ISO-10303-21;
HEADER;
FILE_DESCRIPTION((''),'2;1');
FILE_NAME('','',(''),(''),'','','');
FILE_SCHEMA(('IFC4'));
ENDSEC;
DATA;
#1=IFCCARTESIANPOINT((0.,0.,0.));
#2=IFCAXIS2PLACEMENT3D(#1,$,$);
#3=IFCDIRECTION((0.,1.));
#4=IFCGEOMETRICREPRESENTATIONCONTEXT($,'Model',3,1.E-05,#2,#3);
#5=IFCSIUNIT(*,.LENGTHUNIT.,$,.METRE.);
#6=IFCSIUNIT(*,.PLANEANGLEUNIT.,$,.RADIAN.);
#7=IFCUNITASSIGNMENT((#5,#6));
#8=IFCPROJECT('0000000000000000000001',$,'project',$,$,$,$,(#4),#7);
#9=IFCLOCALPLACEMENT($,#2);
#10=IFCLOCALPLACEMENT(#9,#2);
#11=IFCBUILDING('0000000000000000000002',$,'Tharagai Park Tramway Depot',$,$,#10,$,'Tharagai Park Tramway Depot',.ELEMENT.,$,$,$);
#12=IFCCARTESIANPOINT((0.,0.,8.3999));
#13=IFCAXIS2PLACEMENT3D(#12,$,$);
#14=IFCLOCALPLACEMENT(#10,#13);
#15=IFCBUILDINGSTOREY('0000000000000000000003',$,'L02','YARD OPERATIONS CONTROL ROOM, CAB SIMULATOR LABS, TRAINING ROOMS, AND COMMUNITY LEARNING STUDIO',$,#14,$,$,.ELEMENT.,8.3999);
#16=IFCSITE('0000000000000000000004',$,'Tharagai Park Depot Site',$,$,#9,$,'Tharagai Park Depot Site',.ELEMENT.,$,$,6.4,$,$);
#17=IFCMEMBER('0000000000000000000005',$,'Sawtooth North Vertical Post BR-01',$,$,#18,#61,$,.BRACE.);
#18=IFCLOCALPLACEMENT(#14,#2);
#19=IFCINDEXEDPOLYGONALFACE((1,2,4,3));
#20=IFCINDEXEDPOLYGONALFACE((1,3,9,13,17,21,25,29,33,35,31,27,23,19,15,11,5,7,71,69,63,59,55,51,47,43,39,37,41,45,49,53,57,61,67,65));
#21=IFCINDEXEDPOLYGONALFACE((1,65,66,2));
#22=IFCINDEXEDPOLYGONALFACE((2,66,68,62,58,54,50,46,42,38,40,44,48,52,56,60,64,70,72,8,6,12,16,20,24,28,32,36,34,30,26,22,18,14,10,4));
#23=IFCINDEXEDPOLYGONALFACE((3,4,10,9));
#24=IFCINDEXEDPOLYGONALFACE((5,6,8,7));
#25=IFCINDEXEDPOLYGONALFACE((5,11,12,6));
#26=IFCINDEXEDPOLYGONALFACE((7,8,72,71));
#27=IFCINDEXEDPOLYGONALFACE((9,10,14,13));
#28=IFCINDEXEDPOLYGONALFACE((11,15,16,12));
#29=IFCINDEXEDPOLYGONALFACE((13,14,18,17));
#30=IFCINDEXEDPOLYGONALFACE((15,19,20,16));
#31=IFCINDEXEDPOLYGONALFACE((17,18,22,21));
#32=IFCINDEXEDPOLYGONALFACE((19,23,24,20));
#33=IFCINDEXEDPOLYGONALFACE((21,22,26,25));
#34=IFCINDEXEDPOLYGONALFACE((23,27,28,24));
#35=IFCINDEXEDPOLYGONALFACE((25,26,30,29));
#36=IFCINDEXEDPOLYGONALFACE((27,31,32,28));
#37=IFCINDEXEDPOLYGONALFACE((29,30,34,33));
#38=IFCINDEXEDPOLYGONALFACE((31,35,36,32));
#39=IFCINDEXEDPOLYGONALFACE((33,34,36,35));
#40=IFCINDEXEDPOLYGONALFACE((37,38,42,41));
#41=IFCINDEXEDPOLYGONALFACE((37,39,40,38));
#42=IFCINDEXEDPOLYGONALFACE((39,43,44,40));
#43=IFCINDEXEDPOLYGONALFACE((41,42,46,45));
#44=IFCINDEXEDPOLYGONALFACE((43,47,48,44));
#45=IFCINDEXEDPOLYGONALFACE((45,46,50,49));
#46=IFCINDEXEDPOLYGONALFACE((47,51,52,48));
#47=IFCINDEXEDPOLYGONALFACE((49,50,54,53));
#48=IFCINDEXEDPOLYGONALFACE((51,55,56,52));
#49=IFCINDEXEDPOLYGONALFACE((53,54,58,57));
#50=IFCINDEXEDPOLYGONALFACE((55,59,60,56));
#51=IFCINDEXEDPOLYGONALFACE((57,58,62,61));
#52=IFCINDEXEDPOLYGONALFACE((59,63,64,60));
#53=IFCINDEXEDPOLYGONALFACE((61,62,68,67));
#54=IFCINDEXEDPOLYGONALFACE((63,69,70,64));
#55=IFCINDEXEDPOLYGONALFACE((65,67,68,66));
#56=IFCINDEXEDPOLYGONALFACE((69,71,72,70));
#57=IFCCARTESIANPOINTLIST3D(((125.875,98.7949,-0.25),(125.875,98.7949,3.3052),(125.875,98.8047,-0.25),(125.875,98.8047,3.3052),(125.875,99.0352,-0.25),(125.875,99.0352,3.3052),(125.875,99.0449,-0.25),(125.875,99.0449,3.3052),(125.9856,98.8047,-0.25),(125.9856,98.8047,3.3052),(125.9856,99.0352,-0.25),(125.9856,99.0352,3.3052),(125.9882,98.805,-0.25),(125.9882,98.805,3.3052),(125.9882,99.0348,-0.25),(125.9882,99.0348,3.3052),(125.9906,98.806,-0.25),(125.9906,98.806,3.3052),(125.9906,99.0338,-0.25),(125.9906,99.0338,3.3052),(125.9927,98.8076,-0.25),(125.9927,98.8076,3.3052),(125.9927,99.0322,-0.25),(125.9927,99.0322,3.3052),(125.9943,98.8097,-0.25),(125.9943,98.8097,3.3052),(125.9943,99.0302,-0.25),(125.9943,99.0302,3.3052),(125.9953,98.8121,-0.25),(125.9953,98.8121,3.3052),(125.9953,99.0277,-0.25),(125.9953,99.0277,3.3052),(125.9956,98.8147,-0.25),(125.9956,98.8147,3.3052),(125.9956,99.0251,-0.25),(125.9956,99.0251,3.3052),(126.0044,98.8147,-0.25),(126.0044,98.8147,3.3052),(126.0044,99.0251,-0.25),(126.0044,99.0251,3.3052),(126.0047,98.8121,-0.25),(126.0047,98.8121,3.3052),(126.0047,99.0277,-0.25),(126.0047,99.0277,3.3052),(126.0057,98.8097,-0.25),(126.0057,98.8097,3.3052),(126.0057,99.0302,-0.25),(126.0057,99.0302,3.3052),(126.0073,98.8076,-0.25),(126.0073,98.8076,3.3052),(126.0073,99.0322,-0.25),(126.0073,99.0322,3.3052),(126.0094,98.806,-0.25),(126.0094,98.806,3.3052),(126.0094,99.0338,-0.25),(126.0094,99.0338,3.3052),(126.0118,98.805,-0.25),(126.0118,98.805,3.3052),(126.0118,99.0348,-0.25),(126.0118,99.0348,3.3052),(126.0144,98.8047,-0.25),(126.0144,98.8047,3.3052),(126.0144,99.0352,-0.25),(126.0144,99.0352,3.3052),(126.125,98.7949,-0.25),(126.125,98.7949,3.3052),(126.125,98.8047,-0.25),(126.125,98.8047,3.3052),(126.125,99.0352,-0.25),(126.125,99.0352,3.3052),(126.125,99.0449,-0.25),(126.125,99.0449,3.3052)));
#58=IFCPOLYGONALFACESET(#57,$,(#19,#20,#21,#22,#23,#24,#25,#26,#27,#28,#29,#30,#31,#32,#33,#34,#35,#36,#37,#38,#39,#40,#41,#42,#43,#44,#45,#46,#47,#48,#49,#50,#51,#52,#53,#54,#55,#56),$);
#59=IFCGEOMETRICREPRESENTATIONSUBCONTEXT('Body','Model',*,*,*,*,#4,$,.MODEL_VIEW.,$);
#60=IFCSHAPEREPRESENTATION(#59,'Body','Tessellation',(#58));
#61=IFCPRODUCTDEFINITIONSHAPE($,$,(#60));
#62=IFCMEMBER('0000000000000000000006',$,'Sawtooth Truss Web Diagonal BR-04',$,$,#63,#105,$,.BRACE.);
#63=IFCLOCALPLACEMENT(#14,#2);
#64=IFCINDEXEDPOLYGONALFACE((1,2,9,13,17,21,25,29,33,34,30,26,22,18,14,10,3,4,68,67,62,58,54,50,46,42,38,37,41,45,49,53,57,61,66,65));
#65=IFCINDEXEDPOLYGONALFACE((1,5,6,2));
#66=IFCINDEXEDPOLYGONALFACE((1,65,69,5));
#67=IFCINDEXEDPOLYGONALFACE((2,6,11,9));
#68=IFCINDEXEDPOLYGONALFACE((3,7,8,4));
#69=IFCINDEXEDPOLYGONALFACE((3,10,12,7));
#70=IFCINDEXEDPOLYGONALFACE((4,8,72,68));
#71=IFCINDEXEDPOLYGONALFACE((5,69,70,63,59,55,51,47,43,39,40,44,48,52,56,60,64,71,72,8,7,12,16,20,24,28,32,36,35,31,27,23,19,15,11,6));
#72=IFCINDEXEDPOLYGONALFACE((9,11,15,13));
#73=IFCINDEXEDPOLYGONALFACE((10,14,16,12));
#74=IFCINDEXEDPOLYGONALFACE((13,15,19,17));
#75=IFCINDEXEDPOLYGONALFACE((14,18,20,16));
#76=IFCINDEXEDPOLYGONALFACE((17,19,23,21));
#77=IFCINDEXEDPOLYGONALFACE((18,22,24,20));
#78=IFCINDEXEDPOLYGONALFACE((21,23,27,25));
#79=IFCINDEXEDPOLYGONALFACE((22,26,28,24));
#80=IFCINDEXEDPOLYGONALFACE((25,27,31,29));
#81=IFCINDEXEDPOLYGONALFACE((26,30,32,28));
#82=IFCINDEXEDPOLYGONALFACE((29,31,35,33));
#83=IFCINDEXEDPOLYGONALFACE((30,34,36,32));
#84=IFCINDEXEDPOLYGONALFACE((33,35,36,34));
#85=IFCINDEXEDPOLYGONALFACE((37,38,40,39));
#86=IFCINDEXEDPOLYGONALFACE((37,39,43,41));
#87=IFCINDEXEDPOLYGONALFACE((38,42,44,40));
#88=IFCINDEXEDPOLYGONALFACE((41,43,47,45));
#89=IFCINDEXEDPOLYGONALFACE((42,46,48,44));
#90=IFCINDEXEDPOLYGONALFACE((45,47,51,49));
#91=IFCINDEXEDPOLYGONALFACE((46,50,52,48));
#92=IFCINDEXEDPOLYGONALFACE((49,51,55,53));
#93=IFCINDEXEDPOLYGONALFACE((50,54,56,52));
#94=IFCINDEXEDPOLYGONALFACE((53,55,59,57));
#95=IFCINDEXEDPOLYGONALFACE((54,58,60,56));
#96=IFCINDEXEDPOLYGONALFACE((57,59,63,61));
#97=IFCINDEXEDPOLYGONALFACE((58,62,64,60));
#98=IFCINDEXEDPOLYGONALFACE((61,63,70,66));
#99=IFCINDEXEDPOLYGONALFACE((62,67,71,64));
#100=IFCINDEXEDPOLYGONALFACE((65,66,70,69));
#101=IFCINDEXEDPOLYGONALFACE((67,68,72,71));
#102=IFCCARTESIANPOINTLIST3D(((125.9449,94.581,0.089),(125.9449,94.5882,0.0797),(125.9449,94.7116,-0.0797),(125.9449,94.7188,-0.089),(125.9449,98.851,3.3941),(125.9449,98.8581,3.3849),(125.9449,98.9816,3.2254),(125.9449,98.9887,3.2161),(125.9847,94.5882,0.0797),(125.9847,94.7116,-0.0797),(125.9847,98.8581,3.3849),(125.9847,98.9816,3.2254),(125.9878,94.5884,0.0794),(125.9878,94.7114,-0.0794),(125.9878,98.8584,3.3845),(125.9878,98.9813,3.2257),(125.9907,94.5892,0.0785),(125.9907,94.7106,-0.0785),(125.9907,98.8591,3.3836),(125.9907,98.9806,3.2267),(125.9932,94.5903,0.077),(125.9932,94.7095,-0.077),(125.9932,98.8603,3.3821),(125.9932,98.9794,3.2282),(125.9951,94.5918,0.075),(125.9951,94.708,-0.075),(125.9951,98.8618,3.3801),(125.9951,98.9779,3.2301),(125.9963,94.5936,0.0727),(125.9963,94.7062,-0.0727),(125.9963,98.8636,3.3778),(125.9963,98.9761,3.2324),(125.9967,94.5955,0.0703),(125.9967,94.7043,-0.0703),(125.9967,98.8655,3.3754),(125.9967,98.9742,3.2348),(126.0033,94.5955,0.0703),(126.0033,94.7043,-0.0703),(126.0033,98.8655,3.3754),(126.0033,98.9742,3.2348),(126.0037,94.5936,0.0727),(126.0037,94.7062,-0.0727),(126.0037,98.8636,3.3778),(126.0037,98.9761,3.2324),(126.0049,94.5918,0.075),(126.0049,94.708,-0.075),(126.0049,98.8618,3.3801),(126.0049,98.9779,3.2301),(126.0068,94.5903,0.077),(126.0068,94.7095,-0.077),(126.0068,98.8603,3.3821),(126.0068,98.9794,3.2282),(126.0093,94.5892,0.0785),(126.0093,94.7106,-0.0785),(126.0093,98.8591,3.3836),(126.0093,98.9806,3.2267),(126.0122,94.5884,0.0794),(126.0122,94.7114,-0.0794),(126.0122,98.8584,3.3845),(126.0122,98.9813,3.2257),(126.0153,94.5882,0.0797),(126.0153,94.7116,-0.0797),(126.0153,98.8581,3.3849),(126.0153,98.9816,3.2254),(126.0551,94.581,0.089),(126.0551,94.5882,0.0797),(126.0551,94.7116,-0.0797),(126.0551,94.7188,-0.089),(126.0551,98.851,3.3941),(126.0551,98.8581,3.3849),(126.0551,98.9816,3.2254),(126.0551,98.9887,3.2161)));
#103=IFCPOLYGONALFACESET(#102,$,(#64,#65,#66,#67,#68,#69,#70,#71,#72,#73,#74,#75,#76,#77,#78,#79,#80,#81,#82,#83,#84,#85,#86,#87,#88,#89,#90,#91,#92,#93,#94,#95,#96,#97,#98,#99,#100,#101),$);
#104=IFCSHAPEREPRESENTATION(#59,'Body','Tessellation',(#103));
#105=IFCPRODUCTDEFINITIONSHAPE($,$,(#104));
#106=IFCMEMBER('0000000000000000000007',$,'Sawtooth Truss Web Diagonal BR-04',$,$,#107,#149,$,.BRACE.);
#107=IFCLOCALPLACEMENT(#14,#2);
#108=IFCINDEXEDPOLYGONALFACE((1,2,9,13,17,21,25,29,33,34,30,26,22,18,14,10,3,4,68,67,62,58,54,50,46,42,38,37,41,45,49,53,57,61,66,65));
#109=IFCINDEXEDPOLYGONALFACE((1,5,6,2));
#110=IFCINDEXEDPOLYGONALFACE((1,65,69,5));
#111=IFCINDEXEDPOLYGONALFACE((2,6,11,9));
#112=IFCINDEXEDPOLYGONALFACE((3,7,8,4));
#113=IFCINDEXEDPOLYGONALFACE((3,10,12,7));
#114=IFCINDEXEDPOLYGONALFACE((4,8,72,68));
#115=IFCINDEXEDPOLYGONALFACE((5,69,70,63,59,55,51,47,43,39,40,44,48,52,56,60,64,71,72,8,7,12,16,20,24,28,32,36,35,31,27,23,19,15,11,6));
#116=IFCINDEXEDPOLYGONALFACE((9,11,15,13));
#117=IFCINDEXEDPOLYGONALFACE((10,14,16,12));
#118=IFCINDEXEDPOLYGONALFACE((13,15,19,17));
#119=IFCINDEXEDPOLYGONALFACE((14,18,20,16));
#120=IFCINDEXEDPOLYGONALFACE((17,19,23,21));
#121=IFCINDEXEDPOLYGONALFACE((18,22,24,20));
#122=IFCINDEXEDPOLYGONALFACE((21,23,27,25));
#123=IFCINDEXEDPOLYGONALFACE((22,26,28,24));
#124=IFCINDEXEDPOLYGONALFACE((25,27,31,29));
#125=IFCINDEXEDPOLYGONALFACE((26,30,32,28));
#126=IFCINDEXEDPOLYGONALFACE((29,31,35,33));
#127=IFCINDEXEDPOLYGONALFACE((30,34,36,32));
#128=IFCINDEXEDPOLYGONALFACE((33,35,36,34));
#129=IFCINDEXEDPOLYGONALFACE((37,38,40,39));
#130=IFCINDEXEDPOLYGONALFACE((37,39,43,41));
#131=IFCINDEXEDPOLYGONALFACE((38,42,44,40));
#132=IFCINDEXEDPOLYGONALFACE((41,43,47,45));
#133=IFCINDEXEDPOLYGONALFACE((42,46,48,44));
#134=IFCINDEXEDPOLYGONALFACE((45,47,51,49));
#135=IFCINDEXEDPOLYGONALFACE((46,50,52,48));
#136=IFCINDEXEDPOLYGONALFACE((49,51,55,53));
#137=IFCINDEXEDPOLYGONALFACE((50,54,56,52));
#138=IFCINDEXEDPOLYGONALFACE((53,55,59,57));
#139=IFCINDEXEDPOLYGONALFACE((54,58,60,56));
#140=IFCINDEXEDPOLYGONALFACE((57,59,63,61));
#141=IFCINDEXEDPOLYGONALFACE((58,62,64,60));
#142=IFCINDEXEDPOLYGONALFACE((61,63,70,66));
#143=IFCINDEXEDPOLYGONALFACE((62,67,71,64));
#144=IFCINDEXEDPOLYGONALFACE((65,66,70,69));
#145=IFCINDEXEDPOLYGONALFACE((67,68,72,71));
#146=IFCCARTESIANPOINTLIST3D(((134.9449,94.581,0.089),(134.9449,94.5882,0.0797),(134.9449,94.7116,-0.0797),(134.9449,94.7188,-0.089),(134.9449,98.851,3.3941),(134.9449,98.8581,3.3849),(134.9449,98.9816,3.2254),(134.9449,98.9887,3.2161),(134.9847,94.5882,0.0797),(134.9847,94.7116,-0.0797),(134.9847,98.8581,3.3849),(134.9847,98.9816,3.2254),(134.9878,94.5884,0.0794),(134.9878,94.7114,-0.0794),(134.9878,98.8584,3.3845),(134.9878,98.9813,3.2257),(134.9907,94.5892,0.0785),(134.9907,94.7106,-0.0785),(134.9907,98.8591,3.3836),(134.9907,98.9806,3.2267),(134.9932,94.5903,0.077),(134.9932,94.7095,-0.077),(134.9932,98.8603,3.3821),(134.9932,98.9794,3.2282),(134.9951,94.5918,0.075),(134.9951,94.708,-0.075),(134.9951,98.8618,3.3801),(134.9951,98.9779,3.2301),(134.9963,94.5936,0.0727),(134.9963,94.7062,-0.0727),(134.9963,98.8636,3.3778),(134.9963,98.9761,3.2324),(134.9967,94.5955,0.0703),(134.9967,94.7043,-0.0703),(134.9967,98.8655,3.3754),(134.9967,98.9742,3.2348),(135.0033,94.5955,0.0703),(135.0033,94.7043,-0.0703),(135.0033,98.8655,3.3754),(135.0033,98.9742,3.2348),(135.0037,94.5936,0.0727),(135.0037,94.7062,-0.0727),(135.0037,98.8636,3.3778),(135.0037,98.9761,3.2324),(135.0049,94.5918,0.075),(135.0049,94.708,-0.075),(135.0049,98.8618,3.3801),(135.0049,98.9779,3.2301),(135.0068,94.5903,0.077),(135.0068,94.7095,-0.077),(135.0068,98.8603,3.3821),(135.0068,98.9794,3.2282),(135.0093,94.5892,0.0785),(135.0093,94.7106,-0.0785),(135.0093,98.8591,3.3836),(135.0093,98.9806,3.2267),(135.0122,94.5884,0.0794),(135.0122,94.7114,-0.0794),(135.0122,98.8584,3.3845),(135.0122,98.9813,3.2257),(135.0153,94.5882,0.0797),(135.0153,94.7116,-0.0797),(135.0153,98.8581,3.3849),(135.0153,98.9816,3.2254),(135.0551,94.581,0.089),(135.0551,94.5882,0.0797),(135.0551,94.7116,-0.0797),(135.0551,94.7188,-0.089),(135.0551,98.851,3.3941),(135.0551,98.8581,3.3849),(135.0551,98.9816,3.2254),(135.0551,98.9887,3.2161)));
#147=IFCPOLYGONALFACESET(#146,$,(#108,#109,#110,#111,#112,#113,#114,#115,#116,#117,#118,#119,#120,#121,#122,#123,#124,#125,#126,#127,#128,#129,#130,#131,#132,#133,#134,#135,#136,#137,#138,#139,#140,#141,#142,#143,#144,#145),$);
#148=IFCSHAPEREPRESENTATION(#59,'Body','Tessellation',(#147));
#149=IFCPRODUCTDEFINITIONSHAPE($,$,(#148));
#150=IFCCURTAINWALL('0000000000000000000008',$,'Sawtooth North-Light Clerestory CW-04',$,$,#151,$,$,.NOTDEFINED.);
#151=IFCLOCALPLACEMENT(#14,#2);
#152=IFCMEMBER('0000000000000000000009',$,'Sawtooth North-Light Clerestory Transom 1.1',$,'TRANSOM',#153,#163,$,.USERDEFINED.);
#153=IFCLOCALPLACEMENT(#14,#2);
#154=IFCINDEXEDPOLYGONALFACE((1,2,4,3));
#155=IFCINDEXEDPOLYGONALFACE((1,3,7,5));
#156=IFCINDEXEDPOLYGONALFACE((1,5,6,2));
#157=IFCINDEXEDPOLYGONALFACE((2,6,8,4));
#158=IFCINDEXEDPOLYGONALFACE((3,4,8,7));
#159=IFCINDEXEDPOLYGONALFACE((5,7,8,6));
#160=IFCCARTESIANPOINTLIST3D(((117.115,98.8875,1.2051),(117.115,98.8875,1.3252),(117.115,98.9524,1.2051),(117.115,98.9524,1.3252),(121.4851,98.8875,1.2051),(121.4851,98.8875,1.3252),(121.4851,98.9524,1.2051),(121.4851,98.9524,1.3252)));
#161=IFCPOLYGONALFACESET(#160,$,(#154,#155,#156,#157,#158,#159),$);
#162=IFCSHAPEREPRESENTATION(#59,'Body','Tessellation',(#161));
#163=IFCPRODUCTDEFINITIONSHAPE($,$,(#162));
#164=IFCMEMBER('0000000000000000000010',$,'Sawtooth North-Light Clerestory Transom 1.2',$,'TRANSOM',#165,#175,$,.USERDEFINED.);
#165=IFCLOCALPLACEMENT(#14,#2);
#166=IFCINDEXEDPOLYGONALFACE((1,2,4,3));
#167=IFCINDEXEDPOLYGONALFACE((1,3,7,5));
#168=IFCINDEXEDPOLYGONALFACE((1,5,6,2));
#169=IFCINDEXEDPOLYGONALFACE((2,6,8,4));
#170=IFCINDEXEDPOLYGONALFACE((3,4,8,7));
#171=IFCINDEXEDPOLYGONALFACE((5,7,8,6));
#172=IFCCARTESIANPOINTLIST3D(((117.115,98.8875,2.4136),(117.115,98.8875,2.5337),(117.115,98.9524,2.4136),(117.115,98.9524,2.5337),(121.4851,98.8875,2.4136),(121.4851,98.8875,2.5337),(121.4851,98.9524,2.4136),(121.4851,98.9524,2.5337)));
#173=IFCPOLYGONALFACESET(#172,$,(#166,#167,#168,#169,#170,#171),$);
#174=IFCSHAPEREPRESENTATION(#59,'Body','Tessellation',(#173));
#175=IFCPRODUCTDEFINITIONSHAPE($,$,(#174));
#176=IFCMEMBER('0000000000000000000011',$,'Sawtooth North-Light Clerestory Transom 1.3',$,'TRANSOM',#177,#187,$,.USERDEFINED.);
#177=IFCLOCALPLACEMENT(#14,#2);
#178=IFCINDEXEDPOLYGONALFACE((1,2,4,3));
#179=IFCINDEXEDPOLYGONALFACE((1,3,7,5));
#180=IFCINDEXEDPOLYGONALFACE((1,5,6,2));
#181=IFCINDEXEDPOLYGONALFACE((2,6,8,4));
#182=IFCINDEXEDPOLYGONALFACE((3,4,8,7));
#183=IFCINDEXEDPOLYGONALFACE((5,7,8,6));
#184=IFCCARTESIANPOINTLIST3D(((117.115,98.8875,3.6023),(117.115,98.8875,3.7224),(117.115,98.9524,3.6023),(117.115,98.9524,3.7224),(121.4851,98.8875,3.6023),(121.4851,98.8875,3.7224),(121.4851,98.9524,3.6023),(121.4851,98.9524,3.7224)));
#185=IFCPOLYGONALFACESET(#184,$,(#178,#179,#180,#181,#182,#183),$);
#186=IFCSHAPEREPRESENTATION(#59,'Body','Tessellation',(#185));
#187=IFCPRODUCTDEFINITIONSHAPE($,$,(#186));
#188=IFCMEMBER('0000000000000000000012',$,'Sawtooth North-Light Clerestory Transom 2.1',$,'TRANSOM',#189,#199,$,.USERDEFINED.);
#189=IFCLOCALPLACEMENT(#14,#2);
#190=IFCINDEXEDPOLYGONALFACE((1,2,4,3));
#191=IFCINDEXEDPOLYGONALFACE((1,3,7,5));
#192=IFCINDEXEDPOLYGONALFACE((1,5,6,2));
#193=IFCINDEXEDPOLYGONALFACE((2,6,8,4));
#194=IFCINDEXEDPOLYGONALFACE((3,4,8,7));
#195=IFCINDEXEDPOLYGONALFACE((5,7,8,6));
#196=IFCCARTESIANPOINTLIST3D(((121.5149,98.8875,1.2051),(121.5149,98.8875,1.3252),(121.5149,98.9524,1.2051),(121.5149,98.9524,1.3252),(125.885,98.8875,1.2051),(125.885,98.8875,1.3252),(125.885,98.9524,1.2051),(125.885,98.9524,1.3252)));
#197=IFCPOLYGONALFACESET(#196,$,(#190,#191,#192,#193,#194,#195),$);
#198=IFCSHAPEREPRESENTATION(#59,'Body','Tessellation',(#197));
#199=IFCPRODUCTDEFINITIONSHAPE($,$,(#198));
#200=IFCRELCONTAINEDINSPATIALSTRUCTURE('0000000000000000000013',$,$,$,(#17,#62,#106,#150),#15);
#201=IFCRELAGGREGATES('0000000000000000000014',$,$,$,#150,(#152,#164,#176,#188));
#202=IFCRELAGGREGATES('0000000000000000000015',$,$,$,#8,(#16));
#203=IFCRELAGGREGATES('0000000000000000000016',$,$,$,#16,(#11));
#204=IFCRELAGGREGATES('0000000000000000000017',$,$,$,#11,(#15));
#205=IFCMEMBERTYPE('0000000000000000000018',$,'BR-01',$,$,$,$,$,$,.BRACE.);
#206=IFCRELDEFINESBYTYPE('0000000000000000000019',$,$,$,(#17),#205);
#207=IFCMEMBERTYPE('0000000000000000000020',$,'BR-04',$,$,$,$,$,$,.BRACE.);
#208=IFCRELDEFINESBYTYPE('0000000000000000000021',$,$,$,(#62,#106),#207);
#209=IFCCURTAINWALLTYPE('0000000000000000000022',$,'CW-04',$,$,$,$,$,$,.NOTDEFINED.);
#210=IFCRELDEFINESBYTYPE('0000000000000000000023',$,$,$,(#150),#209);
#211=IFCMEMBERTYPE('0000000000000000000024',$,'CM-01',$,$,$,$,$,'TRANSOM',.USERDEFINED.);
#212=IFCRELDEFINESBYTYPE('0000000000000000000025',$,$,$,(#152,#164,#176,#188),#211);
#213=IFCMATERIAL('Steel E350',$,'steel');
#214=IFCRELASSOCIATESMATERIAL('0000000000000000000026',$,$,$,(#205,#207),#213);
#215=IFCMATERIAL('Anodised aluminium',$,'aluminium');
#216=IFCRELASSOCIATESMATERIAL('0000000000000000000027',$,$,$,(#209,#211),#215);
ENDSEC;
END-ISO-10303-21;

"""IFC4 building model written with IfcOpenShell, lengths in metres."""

from ifc_helpers import new_model, si_unit, direction, frame, origin, origin_2d, place, context, subcontext, project, spatial, rectangle, i_section, extrude, material, material_profile, profile_set, type_object, element, aggregate, save


model = new_model("IFC4")

# Units and contexts
model_context = context("Model", 3, precision=1e-05, world=origin(), true_north=direction((0.0, 1.0)))
body_context = subcontext(model_context, "Body", "Model", "MODEL_VIEW")
ifc_project = project(units=[si_unit("LENGTHUNIT", "METRE"), si_unit("PLANEANGLEUNIT", "RADIAN")], contexts=[model_context])

# Site, building, storey
site_placement = place(None, origin())
site = spatial("IfcSite", under=ifc_project, at=site_placement, Name="Tharagai Park Depot Site", LongName="Tharagai Park Depot Site", CompositionType="ELEMENT", RefElevation=6.4)
building_placement = place(site_placement, origin())
building = spatial("IfcBuilding", under=site, at=building_placement, Name="Tharagai Park Tramway Depot", LongName="Tharagai Park Tramway Depot", CompositionType="ELEMENT")
storey_placement = place(building_placement, frame((0.0, 0.0, 8.3999)))
storey = spatial("IfcBuildingStorey", under=building, at=storey_placement, Name="L02", Description="YARD OPERATIONS CONTROL ROOM, CAB SIMULATOR LABS, TRAINING ROOMS, AND COMMUNITY LEARNING STUDIO", CompositionType="ELEMENT", Elevation=8.3999)

# Members
ifc_material_1 = material(Name="Steel E350", Category="steel")
ifc_material_profile_1 = material_profile(ifc_material_1, i_section(OverallWidth=0.25, OverallDepth=0.25, WebThickness=0.0088, FlangeThickness=0.0098, FilletRadius=0.01, at=origin_2d()), Name="ISHB 250")
ifc_profile_set_1 = profile_set([ifc_material_profile_1], Name="Steel E350")
member_type_1 = type_object("IfcMemberType", Name="BR-01", PredefinedType="BRACE", material=ifc_profile_set_1)
member_1_placement = place(storey_placement, frame((126.0, 98.9199, -0.25), z_axis=(0.0, 0.0, 1.0), x_axis=(1.0, 0.0, 0.0)))
element("IfcMember", 1, at=member_1_placement, inside=storey, type_object=member_type_1, Name="Sawtooth North Vertical Post BR-01", PredefinedType="BRACE", context=body_context, shape_type="SweptSolid", body=[
    extrude(i_section(OverallWidth=0.25, OverallDepth=0.25, WebThickness=0.0088, FlangeThickness=0.0098, FilletRadius=0.01, at=origin_2d()), origin(), (0.0, 0.0, 1.0), 3.5552),
])
ifc_material_profile_2 = material_profile(ifc_material_1, i_section(OverallWidth=0.1101, OverallDepth=0.2251, WebThickness=0.0066, FlangeThickness=0.0117, FilletRadius=0.012, at=origin_2d()), Name="ISMB 225")
ifc_profile_set_2 = profile_set([ifc_material_profile_2], Name="Steel E350")
member_type_2 = type_object("IfcMemberType", Name="BR-04", PredefinedType="BRACE", material=ifc_profile_set_2)
for number, where, z_axis, x_axis, name in (
    (2, (126.0, 94.6499, 0.0), (0.0, 0.790782, 0.612098), (-1.0, 0.0, 0.0), "Sawtooth Truss Web Diagonal BR-04"),
    (3, (135.0, 94.6499, 0.0), (0.0, 0.790782, 0.612098), (-1.0, 0.0, 0.0), "Sawtooth Truss Web Diagonal BR-04"),
):
    element("IfcMember", number, at=place(storey_placement, frame(where, z_axis=z_axis, x_axis=x_axis)), inside=storey, type_object=member_type_2, Name=name, PredefinedType="BRACE", context=body_context, shape_type="SweptSolid", body=[
        extrude(i_section(OverallWidth=0.1101, OverallDepth=0.2251, WebThickness=0.0066, FlangeThickness=0.0117, FilletRadius=0.012, at=origin_2d()), origin(), (0.0, 0.0, 1.0), 5.3997),
    ])

# Curtain wall, members
ifc_material_2 = material(Name="Anodised aluminium", Category="aluminium")
curtain_wall_type = type_object("IfcCurtainWallType", Name="CW-04", PredefinedType="NOTDEFINED", material=ifc_material_2)
curtain_wall_1_placement = place(storey_placement, origin())
curtain_wall_1 = element("IfcCurtainWall", 4, at=curtain_wall_1_placement, inside=storey, type_object=curtain_wall_type, Name="Sawtooth North-Light Clerestory CW-04", PredefinedType="NOTDEFINED")
ifc_material_profile_3 = material_profile(ifc_material_2, rectangle(XDim=0.0649, YDim=0.1201, at=origin_2d()), Name="ALU 65x120")
ifc_profile_set_3 = profile_set([ifc_material_profile_3], Name="Anodised aluminium")
member_type_3 = type_object("IfcMemberType", Name="CM-01", ElementType="TRANSOM", PredefinedType="USERDEFINED", material=ifc_profile_set_3)
member_2_placement = place(storey_placement, frame((117.115, 98.9199, 1.2651), z_axis=(1.0, 0.0, 0.0), x_axis=(0.0, 1.0, 0.0)))
member_2 = element("IfcMember", 5, at=member_2_placement, type_object=member_type_3, Name="Sawtooth North-Light Clerestory Transom 1.1", ObjectType="TRANSOM", PredefinedType="USERDEFINED", context=body_context, shape_type="SweptSolid", body=[
    extrude(rectangle(XDim=0.0649, YDim=0.1201, at=origin_2d()), origin(), (0.0, 0.0, 1.0), 4.3701),
])
member_3_placement = place(storey_placement, frame((117.115, 98.9199, 2.4736), z_axis=(1.0, 0.0, 0.0), x_axis=(0.0, 1.0, 0.0)))
member_3 = element("IfcMember", 6, at=member_3_placement, type_object=member_type_3, Name="Sawtooth North-Light Clerestory Transom 1.2", ObjectType="TRANSOM", PredefinedType="USERDEFINED", context=body_context, shape_type="SweptSolid", body=[
    extrude(rectangle(XDim=0.0649, YDim=0.1201, at=origin_2d()), origin(), (0.0, 0.0, 1.0), 4.3701),
])
member_4_placement = place(storey_placement, frame((117.115, 98.9199, 3.6624), z_axis=(1.0, 0.0, 0.0), x_axis=(0.0, 1.0, 0.0)))
member_4 = element("IfcMember", 7, at=member_4_placement, type_object=member_type_3, Name="Sawtooth North-Light Clerestory Transom 1.3", ObjectType="TRANSOM", PredefinedType="USERDEFINED", context=body_context, shape_type="SweptSolid", body=[
    extrude(rectangle(XDim=0.0649, YDim=0.1201, at=origin_2d()), origin(), (0.0, 0.0, 1.0), 4.3701),
])
member_5_placement = place(storey_placement, frame((121.5149, 98.9199, 1.2651), z_axis=(1.0, 0.0, 0.0), x_axis=(0.0, 1.0, 0.0)))
member_5 = element("IfcMember", 8, at=member_5_placement, type_object=member_type_3, Name="Sawtooth North-Light Clerestory Transom 2.1", ObjectType="TRANSOM", PredefinedType="USERDEFINED", context=body_context, shape_type="SweptSolid", body=[
    extrude(rectangle(XDim=0.0649, YDim=0.1201, at=origin_2d()), origin(), (0.0, 0.0, 1.0), 4.3701),
])

aggregate(curtain_wall_1, [member_2, member_3, member_4, member_5])

save(model, "model.ifc")
